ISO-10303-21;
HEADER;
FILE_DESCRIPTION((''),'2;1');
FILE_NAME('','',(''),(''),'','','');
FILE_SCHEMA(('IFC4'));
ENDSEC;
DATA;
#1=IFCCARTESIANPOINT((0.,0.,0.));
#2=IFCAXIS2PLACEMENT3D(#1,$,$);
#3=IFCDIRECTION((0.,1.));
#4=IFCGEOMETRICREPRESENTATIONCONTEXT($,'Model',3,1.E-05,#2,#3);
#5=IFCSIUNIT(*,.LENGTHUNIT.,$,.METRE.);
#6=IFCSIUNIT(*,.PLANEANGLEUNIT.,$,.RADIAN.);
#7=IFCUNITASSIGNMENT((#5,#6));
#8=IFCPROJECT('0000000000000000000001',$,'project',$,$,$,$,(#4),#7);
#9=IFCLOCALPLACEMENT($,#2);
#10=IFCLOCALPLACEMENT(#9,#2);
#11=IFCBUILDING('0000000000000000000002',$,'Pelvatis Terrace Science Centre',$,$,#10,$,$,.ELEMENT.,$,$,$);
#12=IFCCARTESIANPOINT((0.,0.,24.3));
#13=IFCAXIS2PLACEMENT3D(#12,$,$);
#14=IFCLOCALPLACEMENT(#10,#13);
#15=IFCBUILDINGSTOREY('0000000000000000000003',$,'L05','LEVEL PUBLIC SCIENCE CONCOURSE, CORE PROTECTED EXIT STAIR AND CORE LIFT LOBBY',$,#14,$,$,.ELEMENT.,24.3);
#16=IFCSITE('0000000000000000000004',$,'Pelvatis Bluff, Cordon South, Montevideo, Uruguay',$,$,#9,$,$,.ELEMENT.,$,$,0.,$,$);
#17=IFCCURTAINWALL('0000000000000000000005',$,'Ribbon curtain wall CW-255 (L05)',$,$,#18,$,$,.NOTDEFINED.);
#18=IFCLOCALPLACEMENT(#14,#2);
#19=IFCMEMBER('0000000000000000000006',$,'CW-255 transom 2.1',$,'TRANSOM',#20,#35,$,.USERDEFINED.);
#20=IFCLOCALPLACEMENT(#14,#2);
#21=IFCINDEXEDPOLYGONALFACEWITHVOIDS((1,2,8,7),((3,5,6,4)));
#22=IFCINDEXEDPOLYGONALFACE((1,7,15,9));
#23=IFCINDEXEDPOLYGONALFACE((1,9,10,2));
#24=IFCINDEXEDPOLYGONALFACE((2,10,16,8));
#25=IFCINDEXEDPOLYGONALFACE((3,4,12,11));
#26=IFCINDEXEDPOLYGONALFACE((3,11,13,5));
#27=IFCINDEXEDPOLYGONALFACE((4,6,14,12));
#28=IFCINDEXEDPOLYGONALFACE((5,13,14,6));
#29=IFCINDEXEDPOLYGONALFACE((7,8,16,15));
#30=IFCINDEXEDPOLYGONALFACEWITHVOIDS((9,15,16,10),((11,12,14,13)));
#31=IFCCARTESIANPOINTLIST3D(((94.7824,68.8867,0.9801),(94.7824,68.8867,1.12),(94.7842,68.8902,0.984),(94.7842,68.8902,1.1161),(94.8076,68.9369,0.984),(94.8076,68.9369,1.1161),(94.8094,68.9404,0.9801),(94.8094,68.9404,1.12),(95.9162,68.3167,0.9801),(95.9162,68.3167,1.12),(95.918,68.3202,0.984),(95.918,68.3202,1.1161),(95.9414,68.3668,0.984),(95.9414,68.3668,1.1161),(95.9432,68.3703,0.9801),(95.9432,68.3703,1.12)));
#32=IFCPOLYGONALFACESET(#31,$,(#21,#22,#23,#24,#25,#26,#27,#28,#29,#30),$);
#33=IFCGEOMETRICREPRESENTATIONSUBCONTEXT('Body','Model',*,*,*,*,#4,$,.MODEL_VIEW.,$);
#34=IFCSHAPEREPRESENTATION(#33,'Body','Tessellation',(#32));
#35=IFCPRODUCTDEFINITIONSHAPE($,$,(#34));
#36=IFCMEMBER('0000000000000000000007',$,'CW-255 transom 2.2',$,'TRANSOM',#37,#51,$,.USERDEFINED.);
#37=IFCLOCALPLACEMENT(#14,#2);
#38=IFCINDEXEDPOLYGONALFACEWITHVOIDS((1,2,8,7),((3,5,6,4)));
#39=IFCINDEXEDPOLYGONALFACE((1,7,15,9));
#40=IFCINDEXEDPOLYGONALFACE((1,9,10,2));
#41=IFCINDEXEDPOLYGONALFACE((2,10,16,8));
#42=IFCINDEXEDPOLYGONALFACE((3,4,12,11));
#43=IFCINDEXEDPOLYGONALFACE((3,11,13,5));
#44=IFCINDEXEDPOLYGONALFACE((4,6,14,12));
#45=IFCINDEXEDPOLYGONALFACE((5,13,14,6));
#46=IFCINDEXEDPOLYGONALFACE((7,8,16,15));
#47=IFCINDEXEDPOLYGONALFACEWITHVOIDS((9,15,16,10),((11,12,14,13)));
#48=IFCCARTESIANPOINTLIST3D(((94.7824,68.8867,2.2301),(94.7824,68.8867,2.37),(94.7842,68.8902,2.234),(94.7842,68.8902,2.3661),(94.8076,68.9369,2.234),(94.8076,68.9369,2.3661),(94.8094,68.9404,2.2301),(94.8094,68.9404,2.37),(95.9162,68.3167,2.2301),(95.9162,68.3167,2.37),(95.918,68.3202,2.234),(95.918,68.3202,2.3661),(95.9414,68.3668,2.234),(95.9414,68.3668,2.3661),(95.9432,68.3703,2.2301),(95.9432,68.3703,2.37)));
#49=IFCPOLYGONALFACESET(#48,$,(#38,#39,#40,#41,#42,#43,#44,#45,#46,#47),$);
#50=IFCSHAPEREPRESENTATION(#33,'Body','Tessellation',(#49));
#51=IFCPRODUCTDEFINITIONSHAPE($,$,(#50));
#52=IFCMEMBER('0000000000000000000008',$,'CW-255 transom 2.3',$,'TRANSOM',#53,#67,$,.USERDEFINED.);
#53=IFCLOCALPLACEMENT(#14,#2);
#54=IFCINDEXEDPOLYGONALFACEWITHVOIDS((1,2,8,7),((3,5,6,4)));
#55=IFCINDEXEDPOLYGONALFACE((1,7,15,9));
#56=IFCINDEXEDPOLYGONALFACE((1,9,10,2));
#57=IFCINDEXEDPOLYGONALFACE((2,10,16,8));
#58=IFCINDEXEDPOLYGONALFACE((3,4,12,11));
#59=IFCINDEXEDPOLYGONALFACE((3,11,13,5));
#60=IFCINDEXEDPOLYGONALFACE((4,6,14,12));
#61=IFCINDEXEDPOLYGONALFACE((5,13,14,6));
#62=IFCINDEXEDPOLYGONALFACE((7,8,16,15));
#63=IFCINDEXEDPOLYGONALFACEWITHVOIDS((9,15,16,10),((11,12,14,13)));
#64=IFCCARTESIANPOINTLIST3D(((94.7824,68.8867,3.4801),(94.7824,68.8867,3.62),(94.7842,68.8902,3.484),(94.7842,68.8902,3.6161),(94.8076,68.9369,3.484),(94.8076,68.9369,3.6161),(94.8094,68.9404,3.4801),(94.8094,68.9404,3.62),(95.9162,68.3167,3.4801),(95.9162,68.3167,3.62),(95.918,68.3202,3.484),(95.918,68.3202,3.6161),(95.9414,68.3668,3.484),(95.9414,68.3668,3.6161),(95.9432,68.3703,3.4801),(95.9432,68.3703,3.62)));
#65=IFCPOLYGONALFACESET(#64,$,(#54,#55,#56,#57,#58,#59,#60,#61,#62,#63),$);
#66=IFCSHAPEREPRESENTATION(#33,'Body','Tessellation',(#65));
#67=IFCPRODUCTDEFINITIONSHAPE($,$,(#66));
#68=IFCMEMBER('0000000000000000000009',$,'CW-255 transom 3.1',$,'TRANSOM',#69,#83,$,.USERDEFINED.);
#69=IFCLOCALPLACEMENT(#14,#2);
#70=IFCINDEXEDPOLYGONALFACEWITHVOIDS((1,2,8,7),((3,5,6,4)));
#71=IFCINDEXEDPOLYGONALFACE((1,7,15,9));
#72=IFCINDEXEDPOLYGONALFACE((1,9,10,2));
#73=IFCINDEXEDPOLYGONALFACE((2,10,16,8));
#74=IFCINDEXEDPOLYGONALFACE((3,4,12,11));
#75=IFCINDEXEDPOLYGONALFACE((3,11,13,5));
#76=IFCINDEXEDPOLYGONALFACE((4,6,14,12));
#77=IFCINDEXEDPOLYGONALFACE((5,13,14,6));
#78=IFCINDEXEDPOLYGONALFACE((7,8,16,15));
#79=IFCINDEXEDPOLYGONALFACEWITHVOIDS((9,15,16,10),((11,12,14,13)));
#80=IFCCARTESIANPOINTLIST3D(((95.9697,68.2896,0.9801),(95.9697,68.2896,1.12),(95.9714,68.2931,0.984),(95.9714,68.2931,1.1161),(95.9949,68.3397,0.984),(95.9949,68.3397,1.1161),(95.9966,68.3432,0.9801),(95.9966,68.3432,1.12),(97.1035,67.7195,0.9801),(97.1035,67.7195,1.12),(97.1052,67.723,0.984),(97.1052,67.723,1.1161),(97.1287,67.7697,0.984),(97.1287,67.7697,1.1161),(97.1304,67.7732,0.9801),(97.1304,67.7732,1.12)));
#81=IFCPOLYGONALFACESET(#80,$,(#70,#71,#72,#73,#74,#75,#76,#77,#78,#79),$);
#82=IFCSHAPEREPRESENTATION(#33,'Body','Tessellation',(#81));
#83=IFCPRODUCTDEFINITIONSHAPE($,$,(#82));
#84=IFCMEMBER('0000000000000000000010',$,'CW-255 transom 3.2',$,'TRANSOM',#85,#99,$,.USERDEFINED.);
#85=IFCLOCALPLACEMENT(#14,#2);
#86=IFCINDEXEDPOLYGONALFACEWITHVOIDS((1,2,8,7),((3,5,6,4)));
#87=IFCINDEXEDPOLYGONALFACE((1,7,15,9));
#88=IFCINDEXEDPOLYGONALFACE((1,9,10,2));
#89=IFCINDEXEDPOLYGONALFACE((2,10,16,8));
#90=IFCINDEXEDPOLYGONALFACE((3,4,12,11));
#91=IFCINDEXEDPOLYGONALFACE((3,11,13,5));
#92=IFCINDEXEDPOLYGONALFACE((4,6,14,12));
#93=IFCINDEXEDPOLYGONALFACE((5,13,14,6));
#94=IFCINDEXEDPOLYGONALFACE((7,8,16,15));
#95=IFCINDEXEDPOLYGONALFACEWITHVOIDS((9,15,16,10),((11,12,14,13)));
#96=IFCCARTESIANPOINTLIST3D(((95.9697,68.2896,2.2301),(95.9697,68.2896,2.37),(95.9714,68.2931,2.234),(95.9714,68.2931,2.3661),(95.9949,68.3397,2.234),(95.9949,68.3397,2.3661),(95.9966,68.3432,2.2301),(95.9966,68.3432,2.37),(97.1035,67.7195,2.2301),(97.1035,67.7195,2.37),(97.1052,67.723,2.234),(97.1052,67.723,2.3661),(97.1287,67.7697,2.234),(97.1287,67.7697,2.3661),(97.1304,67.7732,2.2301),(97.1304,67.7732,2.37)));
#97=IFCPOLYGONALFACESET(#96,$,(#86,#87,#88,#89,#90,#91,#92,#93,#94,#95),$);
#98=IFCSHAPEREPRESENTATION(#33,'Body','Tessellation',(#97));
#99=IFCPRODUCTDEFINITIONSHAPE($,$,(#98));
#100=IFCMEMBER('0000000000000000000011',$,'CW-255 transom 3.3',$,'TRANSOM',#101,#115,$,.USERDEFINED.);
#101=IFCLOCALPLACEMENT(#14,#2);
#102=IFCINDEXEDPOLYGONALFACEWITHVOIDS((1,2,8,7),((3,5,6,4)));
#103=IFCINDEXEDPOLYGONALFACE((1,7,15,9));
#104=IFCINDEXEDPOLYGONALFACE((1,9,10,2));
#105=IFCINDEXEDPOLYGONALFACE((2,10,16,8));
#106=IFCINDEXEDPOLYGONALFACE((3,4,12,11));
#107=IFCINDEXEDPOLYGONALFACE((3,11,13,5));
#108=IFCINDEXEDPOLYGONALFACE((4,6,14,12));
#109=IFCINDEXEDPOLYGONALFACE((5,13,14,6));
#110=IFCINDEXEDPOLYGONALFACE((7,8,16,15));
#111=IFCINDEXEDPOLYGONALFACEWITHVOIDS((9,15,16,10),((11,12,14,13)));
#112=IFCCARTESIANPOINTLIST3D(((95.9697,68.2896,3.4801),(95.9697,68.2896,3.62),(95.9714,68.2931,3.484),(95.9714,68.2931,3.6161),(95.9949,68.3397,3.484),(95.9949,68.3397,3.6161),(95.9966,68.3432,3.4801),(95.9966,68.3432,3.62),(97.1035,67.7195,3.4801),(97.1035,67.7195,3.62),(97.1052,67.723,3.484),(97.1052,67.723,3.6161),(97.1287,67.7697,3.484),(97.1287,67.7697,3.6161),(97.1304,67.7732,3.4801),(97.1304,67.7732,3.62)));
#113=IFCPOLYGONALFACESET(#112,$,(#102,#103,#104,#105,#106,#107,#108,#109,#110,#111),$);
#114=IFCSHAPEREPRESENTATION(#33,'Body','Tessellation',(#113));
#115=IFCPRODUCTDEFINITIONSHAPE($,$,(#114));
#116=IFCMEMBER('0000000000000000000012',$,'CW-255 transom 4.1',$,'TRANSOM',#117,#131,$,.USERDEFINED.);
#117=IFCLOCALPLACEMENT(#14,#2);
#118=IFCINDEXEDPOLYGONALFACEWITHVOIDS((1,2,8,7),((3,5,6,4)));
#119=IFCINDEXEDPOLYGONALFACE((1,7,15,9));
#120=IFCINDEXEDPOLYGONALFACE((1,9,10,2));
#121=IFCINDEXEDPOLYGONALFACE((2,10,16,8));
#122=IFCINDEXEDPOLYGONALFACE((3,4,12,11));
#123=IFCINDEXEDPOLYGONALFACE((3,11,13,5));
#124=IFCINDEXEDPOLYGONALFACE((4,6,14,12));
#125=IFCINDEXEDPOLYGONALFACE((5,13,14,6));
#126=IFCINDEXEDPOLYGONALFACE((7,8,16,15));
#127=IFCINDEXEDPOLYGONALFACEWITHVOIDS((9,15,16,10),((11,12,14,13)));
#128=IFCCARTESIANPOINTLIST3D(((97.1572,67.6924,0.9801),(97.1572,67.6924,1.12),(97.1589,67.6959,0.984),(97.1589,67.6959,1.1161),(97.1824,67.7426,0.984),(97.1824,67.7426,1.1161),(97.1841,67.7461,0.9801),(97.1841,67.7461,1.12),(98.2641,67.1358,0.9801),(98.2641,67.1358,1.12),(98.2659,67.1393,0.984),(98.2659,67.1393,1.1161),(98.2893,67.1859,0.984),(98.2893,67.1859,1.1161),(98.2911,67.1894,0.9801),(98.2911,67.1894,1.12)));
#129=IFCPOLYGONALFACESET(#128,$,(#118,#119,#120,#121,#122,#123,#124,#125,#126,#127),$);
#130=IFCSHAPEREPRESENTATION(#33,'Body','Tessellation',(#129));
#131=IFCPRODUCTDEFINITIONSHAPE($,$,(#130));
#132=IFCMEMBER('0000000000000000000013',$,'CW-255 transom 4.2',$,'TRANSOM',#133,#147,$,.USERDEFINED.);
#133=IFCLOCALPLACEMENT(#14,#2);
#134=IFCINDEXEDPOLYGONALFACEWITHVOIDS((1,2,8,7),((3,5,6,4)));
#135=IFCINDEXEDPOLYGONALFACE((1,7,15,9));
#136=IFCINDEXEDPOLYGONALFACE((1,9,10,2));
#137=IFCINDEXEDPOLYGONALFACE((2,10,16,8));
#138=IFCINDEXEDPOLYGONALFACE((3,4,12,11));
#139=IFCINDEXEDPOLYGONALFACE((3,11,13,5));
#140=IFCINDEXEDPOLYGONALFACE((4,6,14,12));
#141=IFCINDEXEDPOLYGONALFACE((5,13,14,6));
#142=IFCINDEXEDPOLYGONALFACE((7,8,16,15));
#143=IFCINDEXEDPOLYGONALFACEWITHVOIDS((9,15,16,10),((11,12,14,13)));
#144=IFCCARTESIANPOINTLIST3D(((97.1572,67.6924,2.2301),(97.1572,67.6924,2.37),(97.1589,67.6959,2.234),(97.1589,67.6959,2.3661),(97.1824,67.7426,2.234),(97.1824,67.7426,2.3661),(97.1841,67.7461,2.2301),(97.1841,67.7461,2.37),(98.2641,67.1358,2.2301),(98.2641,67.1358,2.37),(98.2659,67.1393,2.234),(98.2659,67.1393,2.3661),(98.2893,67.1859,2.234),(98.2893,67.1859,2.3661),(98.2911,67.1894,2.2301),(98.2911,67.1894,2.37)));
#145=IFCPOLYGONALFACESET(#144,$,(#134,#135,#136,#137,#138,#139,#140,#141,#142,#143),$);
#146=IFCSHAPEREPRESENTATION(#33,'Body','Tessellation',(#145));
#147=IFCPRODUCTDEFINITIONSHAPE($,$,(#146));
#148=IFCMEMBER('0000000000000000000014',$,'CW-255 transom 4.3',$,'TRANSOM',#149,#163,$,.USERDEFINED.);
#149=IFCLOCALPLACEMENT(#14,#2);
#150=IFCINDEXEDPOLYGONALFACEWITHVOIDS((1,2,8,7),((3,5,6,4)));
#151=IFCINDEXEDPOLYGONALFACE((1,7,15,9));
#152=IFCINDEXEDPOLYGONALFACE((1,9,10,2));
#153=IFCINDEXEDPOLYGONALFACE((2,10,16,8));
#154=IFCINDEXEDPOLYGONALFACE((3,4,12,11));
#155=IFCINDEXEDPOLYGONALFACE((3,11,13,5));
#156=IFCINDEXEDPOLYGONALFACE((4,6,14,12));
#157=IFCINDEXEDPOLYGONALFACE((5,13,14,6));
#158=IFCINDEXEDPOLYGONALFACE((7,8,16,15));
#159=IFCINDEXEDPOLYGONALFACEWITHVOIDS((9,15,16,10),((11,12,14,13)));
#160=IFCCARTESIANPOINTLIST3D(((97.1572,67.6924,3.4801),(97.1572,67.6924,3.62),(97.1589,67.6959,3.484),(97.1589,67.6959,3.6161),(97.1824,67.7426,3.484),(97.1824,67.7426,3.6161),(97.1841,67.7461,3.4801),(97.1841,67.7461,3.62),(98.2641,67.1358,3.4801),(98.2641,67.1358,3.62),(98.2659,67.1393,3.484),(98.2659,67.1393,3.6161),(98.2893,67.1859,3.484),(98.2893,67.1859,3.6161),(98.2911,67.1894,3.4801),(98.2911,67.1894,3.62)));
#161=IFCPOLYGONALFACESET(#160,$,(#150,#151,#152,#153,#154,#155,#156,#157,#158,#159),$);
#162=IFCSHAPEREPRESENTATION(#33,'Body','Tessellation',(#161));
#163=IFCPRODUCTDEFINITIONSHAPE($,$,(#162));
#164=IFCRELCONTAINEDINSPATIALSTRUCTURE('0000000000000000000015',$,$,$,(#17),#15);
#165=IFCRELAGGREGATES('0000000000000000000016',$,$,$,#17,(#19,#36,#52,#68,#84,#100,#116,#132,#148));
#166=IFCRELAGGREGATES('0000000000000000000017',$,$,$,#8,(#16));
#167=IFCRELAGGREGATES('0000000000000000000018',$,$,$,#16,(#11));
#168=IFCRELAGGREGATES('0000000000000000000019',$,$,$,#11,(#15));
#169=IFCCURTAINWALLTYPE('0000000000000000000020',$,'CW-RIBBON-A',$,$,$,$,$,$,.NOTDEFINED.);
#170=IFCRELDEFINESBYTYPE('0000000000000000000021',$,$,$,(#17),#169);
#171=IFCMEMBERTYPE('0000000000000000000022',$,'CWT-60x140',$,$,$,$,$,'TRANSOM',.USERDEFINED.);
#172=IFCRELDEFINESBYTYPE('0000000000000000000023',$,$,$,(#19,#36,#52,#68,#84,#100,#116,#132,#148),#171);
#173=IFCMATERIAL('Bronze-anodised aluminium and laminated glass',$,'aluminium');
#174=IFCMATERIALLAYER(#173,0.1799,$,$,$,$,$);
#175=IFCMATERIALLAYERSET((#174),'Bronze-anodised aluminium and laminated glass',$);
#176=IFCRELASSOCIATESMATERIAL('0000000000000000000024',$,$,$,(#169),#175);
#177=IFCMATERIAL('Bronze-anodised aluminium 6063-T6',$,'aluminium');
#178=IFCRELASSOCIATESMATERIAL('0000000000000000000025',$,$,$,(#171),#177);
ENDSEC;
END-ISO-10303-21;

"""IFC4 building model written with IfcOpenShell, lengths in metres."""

from ifc_helpers import new_model, si_unit, direction, frame, origin, origin_2d, place, context, subcontext, project, spatial, hollow_rectangle, extrude, material, layer, layer_set, material_profile, profile_set, type_object, element, aggregate, save


model = new_model("IFC4")

# Units and contexts
model_context = context("Model", 3, precision=1e-05, world=origin(), true_north=direction((0.0, 1.0)))
body_context = subcontext(model_context, "Body", "Model", "MODEL_VIEW")
ifc_project = project(units=[si_unit("LENGTHUNIT", "METRE"), si_unit("PLANEANGLEUNIT", "RADIAN")], contexts=[model_context])

# Site, building, storey
site_placement = place(None, origin())
site = spatial("IfcSite", under=ifc_project, at=site_placement, Name="Pelvatis Bluff, Cordon South, Montevideo, Uruguay", CompositionType="ELEMENT", RefElevation=0.0)
building_placement = place(site_placement, origin())
building = spatial("IfcBuilding", under=site, at=building_placement, Name="Pelvatis Terrace Science Centre", CompositionType="ELEMENT")
storey_placement = place(building_placement, frame((0.0, 0.0, 24.3)))
storey = spatial("IfcBuildingStorey", under=building, at=storey_placement, Name="L05", Description="LEVEL PUBLIC SCIENCE CONCOURSE, CORE PROTECTED EXIT STAIR AND CORE LIFT LOBBY", CompositionType="ELEMENT", Elevation=24.3)

# Curtain wall, members
ifc_material_1 = material(Name="Bronze-anodised aluminium and laminated glass", Category="aluminium")
ifc_layer_1 = layer(ifc_material_1, 0.1799)
ifc_layer_set_1 = layer_set([ifc_layer_1], Name="Bronze-anodised aluminium and laminated glass")
curtain_wall_type = type_object("IfcCurtainWallType", Name="CW-RIBBON-A", PredefinedType="NOTDEFINED", material=ifc_layer_set_1)
curtain_wall_placement = place(storey_placement, origin())
curtain_wall = element("IfcCurtainWall", 1, at=curtain_wall_placement, inside=storey, type_object=curtain_wall_type, Name="Ribbon curtain wall CW-255 (L05)", PredefinedType="NOTDEFINED")
ifc_material_2 = material(Name="Bronze-anodised aluminium 6063-T6", Category="aluminium")
ifc_material_profile_1 = material_profile(ifc_material_2, hollow_rectangle(XDim=0.0601, YDim=0.1399, WallThickness=0.0039, at=origin_2d()), Name="ALU-TRN 60x140")
ifc_profile_set_1 = profile_set([ifc_material_profile_1], Name="Bronze-anodised aluminium 6063-T6")
member_type_1 = type_object("IfcMemberType", Name="CWT-60x140", ElementType="TRANSOM", PredefinedType="USERDEFINED", material=ifc_profile_set_1)
member_1_placement = place(storey_placement, frame((94.7959, 68.9136, 1.05), z_axis=(0.893425, -0.449213, 0.0), x_axis=(0.449213, 0.893425, 0.0)))
member_1 = element("IfcMember", 2, at=member_1_placement, type_object=member_type_1, Name="CW-255 transom 2.1", ObjectType="TRANSOM", PredefinedType="USERDEFINED", context=body_context, shape_type="SweptSolid", body=[
    extrude(hollow_rectangle(XDim=0.0601, YDim=0.1399, WallThickness=0.0039, at=origin_2d()), origin(), (0.0, 0.0, 1.0), 1.269),
])
member_2_placement = place(storey_placement, frame((94.7959, 68.9136, 2.3), z_axis=(0.893425, -0.449213, 0.0), x_axis=(0.449213, 0.893425, 0.0)))
member_2 = element("IfcMember", 3, at=member_2_placement, type_object=member_type_1, Name="CW-255 transom 2.2", ObjectType="TRANSOM", PredefinedType="USERDEFINED", context=body_context, shape_type="SweptSolid", body=[
    extrude(hollow_rectangle(XDim=0.0601, YDim=0.1399, WallThickness=0.0039, at=origin_2d()), origin(), (0.0, 0.0, 1.0), 1.269),
])
member_3_placement = place(storey_placement, frame((94.7959, 68.9136, 3.55), z_axis=(0.893425, -0.449213, 0.0), x_axis=(0.449213, 0.893425, 0.0)))
member_3 = element("IfcMember", 4, at=member_3_placement, type_object=member_type_1, Name="CW-255 transom 2.3", ObjectType="TRANSOM", PredefinedType="USERDEFINED", context=body_context, shape_type="SweptSolid", body=[
    extrude(hollow_rectangle(XDim=0.0601, YDim=0.1399, WallThickness=0.0039, at=origin_2d()), origin(), (0.0, 0.0, 1.0), 1.269),
])
member_4_placement = place(storey_placement, frame((95.9832, 68.3164, 1.05), z_axis=(0.893425, -0.449213, 0.0), x_axis=(0.449213, 0.893425, 0.0)))
member_4 = element("IfcMember", 5, at=member_4_placement, type_object=member_type_1, Name="CW-255 transom 3.1", ObjectType="TRANSOM", PredefinedType="USERDEFINED", context=body_context, shape_type="SweptSolid", body=[
    extrude(hollow_rectangle(XDim=0.0601, YDim=0.1399, WallThickness=0.0039, at=origin_2d()), origin(), (0.0, 0.0, 1.0), 1.269),
])
member_5_placement = place(storey_placement, frame((95.9832, 68.3164, 2.3), z_axis=(0.893425, -0.449213, 0.0), x_axis=(0.449213, 0.893425, 0.0)))
member_5 = element("IfcMember", 6, at=member_5_placement, type_object=member_type_1, Name="CW-255 transom 3.2", ObjectType="TRANSOM", PredefinedType="USERDEFINED", context=body_context, shape_type="SweptSolid", body=[
    extrude(hollow_rectangle(XDim=0.0601, YDim=0.1399, WallThickness=0.0039, at=origin_2d()), origin(), (0.0, 0.0, 1.0), 1.269),
])
member_6_placement = place(storey_placement, frame((95.9832, 68.3164, 3.55), z_axis=(0.893425, -0.449213, 0.0), x_axis=(0.449213, 0.893425, 0.0)))
member_6 = element("IfcMember", 7, at=member_6_placement, type_object=member_type_1, Name="CW-255 transom 3.3", ObjectType="TRANSOM", PredefinedType="USERDEFINED", context=body_context, shape_type="SweptSolid", body=[
    extrude(hollow_rectangle(XDim=0.0601, YDim=0.1399, WallThickness=0.0039, at=origin_2d()), origin(), (0.0, 0.0, 1.0), 1.269),
])
member_7_placement = place(storey_placement, frame((97.1707, 67.7192, 1.05), z_axis=(0.8934, -0.449262, 0.0), x_axis=(0.449262, 0.8934, 0.0)))
member_7 = element("IfcMember", 8, at=member_7_placement, type_object=member_type_1, Name="CW-255 transom 4.1", ObjectType="TRANSOM", PredefinedType="USERDEFINED", context=body_context, shape_type="SweptSolid", body=[
    extrude(hollow_rectangle(XDim=0.0601, YDim=0.1399, WallThickness=0.0039, at=origin_2d()), origin(), (0.0, 0.0, 1.0), 1.239),
])
member_8_placement = place(storey_placement, frame((97.1707, 67.7192, 2.3), z_axis=(0.8934, -0.449262, 0.0), x_axis=(0.449262, 0.8934, 0.0)))
member_8 = element("IfcMember", 9, at=member_8_placement, type_object=member_type_1, Name="CW-255 transom 4.2", ObjectType="TRANSOM", PredefinedType="USERDEFINED", context=body_context, shape_type="SweptSolid", body=[
    extrude(hollow_rectangle(XDim=0.0601, YDim=0.1399, WallThickness=0.0039, at=origin_2d()), origin(), (0.0, 0.0, 1.0), 1.239),
])
member_9_placement = place(storey_placement, frame((97.1707, 67.7192, 3.55), z_axis=(0.8934, -0.449262, 0.0), x_axis=(0.449262, 0.8934, 0.0)))
member_9 = element("IfcMember", 10, at=member_9_placement, type_object=member_type_1, Name="CW-255 transom 4.3", ObjectType="TRANSOM", PredefinedType="USERDEFINED", context=body_context, shape_type="SweptSolid", body=[
    extrude(hollow_rectangle(XDim=0.0601, YDim=0.1399, WallThickness=0.0039, at=origin_2d()), origin(), (0.0, 0.0, 1.0), 1.239),
])

aggregate(curtain_wall, [member_1, member_2, member_3, member_4, member_5, member_6, member_7, member_8, member_9])

save(model, "model.ifc")
